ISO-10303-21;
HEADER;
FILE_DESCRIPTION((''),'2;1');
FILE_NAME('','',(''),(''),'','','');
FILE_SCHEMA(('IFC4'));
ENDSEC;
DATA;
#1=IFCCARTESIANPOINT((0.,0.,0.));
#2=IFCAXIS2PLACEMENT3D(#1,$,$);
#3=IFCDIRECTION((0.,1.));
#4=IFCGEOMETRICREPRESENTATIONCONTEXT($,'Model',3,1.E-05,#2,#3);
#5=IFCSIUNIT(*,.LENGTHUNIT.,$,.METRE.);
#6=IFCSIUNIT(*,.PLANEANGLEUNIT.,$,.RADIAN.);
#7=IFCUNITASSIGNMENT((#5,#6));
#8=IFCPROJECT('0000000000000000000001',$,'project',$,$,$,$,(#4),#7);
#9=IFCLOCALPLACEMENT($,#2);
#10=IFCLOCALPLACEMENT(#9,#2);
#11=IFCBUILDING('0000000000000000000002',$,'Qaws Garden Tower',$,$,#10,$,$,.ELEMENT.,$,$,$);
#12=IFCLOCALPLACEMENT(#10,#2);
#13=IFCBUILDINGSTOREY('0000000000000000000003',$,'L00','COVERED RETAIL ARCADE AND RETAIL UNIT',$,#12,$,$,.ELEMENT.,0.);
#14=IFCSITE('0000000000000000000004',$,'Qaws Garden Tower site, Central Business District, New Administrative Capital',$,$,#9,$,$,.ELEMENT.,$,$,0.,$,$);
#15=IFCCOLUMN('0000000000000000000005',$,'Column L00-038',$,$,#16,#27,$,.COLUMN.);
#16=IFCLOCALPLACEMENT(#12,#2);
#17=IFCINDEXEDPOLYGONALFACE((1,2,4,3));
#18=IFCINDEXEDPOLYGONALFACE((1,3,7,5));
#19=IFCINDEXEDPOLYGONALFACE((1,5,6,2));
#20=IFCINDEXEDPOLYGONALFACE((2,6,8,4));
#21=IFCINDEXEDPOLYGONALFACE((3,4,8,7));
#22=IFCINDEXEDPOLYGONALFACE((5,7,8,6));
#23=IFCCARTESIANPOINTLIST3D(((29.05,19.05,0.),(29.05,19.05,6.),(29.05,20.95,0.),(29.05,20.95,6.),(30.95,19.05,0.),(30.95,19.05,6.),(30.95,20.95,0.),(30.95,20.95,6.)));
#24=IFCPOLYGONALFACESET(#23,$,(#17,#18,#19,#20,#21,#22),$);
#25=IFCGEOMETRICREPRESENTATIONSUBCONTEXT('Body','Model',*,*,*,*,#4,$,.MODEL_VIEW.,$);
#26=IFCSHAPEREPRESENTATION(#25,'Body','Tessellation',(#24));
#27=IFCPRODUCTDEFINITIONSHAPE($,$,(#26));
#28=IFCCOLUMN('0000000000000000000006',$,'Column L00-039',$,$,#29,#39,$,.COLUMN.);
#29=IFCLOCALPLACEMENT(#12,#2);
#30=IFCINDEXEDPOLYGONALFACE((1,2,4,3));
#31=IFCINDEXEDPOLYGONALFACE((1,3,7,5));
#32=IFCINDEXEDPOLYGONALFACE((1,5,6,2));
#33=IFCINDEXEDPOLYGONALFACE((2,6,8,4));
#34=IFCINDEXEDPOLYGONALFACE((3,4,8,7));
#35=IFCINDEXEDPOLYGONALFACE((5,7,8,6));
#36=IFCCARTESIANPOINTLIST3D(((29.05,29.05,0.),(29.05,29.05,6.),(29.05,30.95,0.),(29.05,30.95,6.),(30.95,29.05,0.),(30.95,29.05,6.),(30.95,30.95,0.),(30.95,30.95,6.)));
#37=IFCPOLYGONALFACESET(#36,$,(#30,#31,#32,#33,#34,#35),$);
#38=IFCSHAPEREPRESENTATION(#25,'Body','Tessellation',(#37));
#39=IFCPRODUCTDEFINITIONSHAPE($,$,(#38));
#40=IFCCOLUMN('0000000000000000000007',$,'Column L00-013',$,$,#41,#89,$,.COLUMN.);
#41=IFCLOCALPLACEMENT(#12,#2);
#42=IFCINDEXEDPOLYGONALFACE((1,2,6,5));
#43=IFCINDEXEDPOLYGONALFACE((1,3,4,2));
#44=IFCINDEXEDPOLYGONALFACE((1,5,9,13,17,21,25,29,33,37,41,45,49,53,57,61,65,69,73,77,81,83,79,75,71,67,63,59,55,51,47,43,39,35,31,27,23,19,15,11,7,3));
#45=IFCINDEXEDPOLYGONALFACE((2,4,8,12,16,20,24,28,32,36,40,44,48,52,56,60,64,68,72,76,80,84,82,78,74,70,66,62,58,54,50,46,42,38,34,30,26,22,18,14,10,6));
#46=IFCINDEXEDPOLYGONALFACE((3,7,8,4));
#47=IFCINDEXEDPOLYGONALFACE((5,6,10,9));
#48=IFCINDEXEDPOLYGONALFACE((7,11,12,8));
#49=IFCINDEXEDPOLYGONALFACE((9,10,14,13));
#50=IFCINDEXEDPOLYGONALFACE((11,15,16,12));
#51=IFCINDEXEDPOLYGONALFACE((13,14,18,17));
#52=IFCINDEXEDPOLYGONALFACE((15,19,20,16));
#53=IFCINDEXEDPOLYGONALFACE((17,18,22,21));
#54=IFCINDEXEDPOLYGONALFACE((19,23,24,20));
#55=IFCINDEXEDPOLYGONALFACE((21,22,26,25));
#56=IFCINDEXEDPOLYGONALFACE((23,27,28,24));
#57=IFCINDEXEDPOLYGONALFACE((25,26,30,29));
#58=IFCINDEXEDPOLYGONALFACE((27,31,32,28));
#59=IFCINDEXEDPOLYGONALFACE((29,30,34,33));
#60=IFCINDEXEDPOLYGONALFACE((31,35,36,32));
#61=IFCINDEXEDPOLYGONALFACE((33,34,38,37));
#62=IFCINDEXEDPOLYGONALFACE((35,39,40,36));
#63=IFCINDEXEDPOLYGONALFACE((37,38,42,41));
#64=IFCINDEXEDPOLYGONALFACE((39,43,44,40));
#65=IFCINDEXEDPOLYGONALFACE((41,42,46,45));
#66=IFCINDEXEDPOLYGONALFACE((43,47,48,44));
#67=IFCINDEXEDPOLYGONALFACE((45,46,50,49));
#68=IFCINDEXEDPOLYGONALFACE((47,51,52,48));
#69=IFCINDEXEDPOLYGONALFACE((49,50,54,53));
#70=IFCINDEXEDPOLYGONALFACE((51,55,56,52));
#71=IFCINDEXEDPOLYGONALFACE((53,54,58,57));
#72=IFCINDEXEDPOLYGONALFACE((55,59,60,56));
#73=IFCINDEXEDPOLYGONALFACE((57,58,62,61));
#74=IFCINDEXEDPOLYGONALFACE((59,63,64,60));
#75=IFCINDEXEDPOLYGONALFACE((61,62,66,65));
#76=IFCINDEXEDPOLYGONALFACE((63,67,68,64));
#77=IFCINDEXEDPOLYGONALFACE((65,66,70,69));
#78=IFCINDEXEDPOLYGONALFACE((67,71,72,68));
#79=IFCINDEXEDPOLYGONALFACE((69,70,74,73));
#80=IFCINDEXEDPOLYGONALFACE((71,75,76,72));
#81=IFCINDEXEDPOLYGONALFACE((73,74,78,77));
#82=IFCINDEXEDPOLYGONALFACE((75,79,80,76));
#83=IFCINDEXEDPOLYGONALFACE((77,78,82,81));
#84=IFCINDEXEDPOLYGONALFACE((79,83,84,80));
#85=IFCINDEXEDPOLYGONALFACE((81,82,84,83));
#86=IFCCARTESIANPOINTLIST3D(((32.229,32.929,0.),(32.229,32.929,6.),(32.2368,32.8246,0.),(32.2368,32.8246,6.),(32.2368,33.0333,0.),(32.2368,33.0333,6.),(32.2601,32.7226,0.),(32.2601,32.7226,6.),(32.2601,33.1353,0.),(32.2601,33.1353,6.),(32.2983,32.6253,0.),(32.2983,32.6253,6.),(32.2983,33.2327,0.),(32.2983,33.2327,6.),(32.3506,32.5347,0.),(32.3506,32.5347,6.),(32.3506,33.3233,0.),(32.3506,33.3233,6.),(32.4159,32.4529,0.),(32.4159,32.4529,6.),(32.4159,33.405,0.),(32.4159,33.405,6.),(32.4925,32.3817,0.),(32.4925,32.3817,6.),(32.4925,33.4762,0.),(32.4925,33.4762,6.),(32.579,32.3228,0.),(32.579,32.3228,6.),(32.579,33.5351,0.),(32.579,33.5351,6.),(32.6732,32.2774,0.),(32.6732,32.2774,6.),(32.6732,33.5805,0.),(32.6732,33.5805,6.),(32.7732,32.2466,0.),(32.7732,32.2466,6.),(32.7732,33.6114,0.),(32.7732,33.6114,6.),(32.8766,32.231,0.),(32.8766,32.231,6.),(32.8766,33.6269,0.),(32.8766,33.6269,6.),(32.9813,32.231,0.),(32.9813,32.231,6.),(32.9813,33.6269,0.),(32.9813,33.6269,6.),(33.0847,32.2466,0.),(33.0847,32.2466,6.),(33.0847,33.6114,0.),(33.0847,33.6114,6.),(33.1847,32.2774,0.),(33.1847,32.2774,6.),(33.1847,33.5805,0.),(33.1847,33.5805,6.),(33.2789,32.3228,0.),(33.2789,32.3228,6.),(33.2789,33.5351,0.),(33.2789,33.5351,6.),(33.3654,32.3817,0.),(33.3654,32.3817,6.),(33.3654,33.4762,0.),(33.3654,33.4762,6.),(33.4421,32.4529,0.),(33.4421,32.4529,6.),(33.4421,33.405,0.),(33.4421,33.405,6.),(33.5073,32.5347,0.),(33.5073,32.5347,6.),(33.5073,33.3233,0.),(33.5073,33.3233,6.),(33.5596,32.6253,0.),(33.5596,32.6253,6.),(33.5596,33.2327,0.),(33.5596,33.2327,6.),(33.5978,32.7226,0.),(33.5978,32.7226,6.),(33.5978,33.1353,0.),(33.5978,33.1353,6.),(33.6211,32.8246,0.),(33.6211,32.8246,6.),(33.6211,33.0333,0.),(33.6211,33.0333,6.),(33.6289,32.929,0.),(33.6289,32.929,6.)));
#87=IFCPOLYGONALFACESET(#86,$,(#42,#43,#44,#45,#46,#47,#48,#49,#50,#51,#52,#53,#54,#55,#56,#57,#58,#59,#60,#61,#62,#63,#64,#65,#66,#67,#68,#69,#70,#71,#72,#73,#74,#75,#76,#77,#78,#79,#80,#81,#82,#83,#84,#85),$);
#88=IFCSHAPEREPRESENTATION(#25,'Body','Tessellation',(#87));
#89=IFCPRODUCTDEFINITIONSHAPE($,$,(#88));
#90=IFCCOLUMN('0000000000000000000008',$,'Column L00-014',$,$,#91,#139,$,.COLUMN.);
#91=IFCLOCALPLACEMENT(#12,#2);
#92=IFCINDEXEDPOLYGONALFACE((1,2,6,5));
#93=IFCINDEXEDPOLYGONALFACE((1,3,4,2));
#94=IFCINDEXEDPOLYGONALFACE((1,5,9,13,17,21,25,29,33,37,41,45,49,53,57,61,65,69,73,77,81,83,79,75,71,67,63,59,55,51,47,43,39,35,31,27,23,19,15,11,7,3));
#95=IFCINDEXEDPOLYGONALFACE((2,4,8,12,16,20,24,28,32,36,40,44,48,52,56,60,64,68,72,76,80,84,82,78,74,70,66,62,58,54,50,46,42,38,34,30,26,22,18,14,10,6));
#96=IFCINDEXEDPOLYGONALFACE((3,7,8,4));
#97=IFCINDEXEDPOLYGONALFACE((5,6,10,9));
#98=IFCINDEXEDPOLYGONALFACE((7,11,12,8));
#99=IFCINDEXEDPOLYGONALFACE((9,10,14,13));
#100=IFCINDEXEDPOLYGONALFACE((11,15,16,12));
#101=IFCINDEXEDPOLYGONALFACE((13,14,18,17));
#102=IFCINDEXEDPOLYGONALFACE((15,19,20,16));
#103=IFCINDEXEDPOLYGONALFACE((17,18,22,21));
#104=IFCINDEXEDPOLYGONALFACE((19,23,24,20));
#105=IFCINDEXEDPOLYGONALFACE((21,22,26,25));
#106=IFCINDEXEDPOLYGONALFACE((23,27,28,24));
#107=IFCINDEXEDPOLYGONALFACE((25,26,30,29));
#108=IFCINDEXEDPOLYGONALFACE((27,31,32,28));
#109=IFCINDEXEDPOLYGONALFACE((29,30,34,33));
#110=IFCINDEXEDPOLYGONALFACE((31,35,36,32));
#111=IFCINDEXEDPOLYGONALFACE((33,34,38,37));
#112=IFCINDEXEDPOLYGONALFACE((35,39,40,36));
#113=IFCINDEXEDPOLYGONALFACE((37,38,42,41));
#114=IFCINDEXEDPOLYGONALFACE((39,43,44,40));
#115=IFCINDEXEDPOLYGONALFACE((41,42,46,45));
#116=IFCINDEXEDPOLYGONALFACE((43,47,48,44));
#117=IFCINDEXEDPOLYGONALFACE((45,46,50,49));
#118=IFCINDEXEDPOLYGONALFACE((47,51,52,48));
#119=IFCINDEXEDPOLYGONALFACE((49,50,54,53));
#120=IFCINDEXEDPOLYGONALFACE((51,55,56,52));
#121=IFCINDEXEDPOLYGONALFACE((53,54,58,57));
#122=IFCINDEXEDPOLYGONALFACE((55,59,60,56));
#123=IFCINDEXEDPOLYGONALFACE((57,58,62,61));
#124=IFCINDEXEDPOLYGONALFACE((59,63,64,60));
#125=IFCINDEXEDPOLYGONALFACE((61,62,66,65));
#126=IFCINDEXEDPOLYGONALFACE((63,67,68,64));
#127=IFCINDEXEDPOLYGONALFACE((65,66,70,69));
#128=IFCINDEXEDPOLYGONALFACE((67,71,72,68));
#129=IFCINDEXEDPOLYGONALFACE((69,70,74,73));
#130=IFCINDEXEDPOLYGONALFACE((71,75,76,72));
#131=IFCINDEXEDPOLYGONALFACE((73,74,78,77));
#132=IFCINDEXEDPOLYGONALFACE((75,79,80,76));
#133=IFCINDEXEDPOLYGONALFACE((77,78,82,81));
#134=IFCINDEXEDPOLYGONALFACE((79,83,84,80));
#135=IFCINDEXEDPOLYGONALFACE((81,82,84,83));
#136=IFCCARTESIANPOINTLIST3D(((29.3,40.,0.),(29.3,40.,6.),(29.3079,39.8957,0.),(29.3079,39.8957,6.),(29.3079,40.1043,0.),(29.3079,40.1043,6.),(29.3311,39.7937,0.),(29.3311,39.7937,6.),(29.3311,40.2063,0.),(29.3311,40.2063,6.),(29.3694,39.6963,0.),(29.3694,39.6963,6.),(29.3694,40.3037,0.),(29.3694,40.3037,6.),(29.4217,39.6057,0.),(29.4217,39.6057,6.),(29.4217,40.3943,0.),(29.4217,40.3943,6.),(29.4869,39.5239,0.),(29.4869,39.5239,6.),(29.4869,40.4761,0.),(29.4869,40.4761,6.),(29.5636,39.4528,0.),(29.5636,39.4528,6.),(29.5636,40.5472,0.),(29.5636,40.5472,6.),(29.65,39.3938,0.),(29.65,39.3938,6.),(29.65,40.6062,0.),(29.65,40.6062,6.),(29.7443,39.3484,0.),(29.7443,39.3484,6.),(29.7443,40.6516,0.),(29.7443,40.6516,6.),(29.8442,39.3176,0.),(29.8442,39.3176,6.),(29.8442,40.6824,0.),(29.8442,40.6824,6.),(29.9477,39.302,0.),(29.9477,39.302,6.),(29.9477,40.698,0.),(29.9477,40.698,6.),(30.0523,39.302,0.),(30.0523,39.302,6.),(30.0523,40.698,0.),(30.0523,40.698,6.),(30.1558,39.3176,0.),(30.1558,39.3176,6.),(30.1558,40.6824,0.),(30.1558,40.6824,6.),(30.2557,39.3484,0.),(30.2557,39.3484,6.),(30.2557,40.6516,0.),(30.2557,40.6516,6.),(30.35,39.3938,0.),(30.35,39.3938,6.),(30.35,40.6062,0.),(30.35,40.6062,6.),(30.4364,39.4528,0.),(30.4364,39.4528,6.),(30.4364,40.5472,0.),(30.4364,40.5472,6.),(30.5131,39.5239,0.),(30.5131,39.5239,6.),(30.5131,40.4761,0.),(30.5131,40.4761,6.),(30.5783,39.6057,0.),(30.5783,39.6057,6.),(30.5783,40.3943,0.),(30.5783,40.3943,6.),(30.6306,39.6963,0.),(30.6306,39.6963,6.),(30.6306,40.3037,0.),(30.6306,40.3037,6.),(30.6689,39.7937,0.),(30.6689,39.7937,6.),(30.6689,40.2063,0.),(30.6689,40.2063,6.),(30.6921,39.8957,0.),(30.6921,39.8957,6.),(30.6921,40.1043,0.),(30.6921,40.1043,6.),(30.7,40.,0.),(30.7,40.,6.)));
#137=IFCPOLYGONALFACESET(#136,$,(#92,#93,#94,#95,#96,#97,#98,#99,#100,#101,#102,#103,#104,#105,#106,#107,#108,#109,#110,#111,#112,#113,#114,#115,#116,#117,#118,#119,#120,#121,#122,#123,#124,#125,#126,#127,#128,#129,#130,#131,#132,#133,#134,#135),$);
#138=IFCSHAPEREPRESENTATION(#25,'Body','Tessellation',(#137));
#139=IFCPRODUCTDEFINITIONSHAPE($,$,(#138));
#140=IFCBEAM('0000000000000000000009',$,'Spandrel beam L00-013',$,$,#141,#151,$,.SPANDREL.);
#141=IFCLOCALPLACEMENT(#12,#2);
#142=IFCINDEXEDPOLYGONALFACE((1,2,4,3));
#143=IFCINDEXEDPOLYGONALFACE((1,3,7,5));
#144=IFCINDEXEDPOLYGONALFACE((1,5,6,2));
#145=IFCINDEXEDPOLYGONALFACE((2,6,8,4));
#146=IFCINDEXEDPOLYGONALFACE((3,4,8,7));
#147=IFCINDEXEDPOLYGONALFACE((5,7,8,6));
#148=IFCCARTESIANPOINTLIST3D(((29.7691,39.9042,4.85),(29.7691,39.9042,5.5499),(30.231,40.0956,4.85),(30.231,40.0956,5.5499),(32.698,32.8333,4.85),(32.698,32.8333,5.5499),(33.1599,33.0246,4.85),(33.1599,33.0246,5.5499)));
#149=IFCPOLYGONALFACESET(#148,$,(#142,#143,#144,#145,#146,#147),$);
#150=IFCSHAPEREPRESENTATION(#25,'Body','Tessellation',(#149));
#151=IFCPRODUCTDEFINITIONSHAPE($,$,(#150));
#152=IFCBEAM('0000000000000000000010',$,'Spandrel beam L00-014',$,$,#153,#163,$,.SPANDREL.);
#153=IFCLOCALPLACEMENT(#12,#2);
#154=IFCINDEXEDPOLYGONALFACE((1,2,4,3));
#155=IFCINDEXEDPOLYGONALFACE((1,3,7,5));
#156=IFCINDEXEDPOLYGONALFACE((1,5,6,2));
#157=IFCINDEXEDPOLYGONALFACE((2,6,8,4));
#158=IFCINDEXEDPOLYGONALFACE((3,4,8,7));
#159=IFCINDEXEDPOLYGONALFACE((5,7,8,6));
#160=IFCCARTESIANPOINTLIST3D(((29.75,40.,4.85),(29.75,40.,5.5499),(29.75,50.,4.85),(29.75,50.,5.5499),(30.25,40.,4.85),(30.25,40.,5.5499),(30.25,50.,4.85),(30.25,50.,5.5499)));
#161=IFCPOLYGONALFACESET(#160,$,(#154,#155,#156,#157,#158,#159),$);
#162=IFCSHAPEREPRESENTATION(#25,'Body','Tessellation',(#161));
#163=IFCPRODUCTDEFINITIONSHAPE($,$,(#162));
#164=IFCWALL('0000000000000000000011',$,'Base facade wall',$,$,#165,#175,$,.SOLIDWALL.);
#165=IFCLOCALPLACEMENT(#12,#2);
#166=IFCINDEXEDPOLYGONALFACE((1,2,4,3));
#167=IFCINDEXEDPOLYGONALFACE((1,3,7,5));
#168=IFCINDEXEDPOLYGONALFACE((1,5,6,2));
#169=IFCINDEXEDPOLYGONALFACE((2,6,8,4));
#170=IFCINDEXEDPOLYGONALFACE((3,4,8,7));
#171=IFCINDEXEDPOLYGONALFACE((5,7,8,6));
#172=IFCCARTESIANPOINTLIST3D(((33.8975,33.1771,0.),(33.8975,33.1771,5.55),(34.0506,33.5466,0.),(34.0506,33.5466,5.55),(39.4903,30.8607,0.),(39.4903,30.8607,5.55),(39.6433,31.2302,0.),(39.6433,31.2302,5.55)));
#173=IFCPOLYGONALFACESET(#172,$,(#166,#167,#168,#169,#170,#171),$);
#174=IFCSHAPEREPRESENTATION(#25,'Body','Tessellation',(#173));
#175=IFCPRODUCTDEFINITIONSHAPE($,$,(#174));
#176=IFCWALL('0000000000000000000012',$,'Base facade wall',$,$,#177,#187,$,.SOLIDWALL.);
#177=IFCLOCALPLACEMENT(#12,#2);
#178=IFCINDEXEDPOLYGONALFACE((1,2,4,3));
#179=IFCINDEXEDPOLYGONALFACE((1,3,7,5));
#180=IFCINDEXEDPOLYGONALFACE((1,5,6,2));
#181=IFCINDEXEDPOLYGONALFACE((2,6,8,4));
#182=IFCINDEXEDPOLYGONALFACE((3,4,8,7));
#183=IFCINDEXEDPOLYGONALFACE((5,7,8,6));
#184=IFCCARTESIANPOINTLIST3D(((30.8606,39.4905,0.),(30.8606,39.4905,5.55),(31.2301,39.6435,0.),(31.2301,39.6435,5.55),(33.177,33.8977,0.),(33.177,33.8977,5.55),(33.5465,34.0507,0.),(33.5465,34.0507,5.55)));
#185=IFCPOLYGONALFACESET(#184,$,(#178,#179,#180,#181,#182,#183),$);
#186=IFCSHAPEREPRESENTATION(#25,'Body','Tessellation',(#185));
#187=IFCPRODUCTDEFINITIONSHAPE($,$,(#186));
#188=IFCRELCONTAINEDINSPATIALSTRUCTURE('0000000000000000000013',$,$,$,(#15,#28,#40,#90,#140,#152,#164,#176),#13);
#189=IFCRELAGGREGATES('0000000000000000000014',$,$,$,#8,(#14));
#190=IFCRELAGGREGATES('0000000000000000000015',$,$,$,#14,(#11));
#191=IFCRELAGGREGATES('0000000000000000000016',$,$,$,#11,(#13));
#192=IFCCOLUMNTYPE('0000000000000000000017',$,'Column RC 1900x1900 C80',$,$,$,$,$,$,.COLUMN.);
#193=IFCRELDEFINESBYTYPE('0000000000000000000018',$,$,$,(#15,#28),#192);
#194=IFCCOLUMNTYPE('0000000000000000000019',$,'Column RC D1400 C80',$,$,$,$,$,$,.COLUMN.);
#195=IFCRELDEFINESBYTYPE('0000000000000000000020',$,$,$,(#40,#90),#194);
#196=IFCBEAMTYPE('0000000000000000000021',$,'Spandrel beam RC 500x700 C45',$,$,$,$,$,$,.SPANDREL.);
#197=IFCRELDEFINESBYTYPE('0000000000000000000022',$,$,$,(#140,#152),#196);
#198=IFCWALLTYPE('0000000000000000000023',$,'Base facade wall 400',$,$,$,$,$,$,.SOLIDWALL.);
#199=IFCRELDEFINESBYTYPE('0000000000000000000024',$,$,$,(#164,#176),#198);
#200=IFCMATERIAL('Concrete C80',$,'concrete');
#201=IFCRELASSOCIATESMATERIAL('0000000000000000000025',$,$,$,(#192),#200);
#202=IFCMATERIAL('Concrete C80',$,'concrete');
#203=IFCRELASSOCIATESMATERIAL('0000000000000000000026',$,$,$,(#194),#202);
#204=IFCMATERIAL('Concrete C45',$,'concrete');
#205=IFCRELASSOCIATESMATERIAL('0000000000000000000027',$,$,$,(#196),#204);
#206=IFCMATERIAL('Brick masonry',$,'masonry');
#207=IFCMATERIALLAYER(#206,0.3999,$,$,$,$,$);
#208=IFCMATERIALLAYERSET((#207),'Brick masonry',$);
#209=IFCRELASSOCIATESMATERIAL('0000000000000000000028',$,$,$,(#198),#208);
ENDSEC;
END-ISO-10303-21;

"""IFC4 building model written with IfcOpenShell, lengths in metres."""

from ifc_helpers import new_model, si_unit, direction, frame, frame_2d, origin, origin_2d, place, context, subcontext, project, spatial, rectangle, circle, extrude, material, layer, layer_set, material_profile, profile_set, type_object, element, save


model = new_model("IFC4")

# Units and contexts
model_context = context("Model", 3, precision=1e-05, world=origin(), true_north=direction((0.0, 1.0)))
body_context = subcontext(model_context, "Body", "Model", "MODEL_VIEW")
ifc_project = project(units=[si_unit("LENGTHUNIT", "METRE"), si_unit("PLANEANGLEUNIT", "RADIAN")], contexts=[model_context])

# Site, building, storey
site_placement = place(None, origin())
site = spatial("IfcSite", under=ifc_project, at=site_placement, Name="Qaws Garden Tower site, Central Business District, New Administrative Capital", CompositionType="ELEMENT", RefElevation=0.0)
building_placement = place(site_placement, origin())
building = spatial("IfcBuilding", under=site, at=building_placement, Name="Qaws Garden Tower", CompositionType="ELEMENT")
storey_placement = place(building_placement, origin())
storey = spatial("IfcBuildingStorey", under=building, at=storey_placement, Name="L00", Description="COVERED RETAIL ARCADE AND RETAIL UNIT", CompositionType="ELEMENT", Elevation=0.0)

# Columns
ifc_material_1 = material(Name="Concrete C80", Category="concrete")
ifc_material_profile_1 = material_profile(ifc_material_1, rectangle(XDim=1.8999, YDim=1.8999, at=origin_2d()), Name="RC 1900x1900")
ifc_profile_set_1 = profile_set([ifc_material_profile_1], Name="Concrete C80")
column_type_1 = type_object("IfcColumnType", Name="Column RC 1900x1900 C80", PredefinedType="COLUMN", material=ifc_profile_set_1)
for number, where, z_axis, x_axis, name in (
    (1, (30.0, 20.0, 0.0), (0.0, 0.0, 1.0), (1.0, 0.0, 0.0), "Column L00-038"),
    (2, (30.0, 30.0, 0.0), (0.0, 0.0, 1.0), (1.0, 0.0, 0.0), "Column L00-039"),
):
    element("IfcColumn", number, at=place(storey_placement, frame(where, z_axis=z_axis, x_axis=x_axis)), inside=storey, type_object=column_type_1, Name=name, PredefinedType="COLUMN", context=body_context, shape_type="SweptSolid", body=[
        extrude(rectangle(XDim=1.8999, YDim=1.8999, at=origin_2d()), origin(), (0.0, 0.0, 1.0), 6.0),
    ])
ifc_material_2 = material(Name="Concrete C80", Category="concrete")
ifc_material_profile_2 = material_profile(ifc_material_2, circle(Radius=0.7, at=origin_2d()), Name="RC D1400")
ifc_profile_set_2 = profile_set([ifc_material_profile_2], Name="Concrete C80")
column_type_2 = type_object("IfcColumnType", Name="Column RC D1400 C80", PredefinedType="COLUMN", material=ifc_profile_set_2)
for number, where, z_axis, x_axis, name in (
    (3, (32.929, 32.929, 0.0), (0.0, 0.0, 1.0), (1.0, 0.0, 0.0), "Column L00-013"),
    (4, (30.0, 40.0, 0.0), (0.0, 0.0, 1.0), (1.0, 0.0, 0.0), "Column L00-014"),
):
    element("IfcColumn", number, at=place(storey_placement, frame(where, z_axis=z_axis, x_axis=x_axis)), inside=storey, type_object=column_type_2, Name=name, PredefinedType="COLUMN", context=body_context, shape_type="SweptSolid", body=[
        extrude(circle(Radius=0.7, at=origin_2d()), origin(), (0.0, 0.0, 1.0), 6.0),
    ])

# Beams
ifc_material_3 = material(Name="Concrete C45", Category="concrete")
ifc_material_profile_3 = material_profile(ifc_material_3, rectangle(XDim=0.5, YDim=0.7, at=origin_2d()), Name="RC 500x700")
ifc_profile_set_3 = profile_set([ifc_material_profile_3], Name="Concrete C45")
beam_type = type_object("IfcBeamType", Name="Spandrel beam RC 500x700 C45", PredefinedType="SPANDREL", material=ifc_profile_set_3)
beam_1_placement = place(storey_placement, frame((32.929, 32.929, 5.2), z_axis=(-0.382687, 0.923878, 0.0), x_axis=(-0.923878, -0.382687, 0.0)))
element("IfcBeam", 5, at=beam_1_placement, inside=storey, type_object=beam_type, Name="Spandrel beam L00-013", PredefinedType="SPANDREL", context=body_context, shape_type="SweptSolid", body=[
    extrude(rectangle(XDim=0.5, YDim=0.7, at=origin_2d()), origin(), (0.0, 0.0, 1.0), 7.6536),
])
beam_2_placement = place(storey_placement, frame((30.0, 40.0, 5.2), z_axis=(0.0, 1.0, 0.0), x_axis=(-1.0, 0.0, 0.0)))
element("IfcBeam", 6, at=beam_2_placement, inside=storey, type_object=beam_type, Name="Spandrel beam L00-014", PredefinedType="SPANDREL", context=body_context, shape_type="SweptSolid", body=[
    extrude(rectangle(XDim=0.5, YDim=0.7, at=origin_2d()), origin(), (0.0, 0.0, 1.0), 10.0),
])

# Walls
ifc_material_4 = material(Name="Brick masonry", Category="masonry")
ifc_layer_1 = layer(ifc_material_4, 0.3999)
ifc_layer_set_1 = layer_set([ifc_layer_1], Name="Brick masonry")
wall_type_1 = type_object("IfcWallType", Name="Base facade wall 400", PredefinedType="SOLIDWALL", material=ifc_layer_set_1)
for number, where, z_axis, x_axis, name in (
    (7, (39.5669, 31.0454, 0.0), (0.0, 0.0, 1.0), (-0.923891, 0.382656, 0.0), "Base facade wall"),
    (8, (33.3618, 33.9741, 0.0), (0.0, 0.0, 1.0), (-0.382656, 0.923891, 0.0), "Base facade wall"),
):
    element("IfcWall", number, at=place(storey_placement, frame(where, z_axis=z_axis, x_axis=x_axis)), inside=storey, type_object=wall_type_1, Name=name, PredefinedType="SOLIDWALL", context=body_context, shape_type="SweptSolid", body=[
        extrude(rectangle(XDim=6.0535, YDim=0.3999, at=frame_2d((3.0269, 0.0))), origin(), (0.0, 0.0, 1.0), 5.55),
    ])

save(model, "model.ifc")
